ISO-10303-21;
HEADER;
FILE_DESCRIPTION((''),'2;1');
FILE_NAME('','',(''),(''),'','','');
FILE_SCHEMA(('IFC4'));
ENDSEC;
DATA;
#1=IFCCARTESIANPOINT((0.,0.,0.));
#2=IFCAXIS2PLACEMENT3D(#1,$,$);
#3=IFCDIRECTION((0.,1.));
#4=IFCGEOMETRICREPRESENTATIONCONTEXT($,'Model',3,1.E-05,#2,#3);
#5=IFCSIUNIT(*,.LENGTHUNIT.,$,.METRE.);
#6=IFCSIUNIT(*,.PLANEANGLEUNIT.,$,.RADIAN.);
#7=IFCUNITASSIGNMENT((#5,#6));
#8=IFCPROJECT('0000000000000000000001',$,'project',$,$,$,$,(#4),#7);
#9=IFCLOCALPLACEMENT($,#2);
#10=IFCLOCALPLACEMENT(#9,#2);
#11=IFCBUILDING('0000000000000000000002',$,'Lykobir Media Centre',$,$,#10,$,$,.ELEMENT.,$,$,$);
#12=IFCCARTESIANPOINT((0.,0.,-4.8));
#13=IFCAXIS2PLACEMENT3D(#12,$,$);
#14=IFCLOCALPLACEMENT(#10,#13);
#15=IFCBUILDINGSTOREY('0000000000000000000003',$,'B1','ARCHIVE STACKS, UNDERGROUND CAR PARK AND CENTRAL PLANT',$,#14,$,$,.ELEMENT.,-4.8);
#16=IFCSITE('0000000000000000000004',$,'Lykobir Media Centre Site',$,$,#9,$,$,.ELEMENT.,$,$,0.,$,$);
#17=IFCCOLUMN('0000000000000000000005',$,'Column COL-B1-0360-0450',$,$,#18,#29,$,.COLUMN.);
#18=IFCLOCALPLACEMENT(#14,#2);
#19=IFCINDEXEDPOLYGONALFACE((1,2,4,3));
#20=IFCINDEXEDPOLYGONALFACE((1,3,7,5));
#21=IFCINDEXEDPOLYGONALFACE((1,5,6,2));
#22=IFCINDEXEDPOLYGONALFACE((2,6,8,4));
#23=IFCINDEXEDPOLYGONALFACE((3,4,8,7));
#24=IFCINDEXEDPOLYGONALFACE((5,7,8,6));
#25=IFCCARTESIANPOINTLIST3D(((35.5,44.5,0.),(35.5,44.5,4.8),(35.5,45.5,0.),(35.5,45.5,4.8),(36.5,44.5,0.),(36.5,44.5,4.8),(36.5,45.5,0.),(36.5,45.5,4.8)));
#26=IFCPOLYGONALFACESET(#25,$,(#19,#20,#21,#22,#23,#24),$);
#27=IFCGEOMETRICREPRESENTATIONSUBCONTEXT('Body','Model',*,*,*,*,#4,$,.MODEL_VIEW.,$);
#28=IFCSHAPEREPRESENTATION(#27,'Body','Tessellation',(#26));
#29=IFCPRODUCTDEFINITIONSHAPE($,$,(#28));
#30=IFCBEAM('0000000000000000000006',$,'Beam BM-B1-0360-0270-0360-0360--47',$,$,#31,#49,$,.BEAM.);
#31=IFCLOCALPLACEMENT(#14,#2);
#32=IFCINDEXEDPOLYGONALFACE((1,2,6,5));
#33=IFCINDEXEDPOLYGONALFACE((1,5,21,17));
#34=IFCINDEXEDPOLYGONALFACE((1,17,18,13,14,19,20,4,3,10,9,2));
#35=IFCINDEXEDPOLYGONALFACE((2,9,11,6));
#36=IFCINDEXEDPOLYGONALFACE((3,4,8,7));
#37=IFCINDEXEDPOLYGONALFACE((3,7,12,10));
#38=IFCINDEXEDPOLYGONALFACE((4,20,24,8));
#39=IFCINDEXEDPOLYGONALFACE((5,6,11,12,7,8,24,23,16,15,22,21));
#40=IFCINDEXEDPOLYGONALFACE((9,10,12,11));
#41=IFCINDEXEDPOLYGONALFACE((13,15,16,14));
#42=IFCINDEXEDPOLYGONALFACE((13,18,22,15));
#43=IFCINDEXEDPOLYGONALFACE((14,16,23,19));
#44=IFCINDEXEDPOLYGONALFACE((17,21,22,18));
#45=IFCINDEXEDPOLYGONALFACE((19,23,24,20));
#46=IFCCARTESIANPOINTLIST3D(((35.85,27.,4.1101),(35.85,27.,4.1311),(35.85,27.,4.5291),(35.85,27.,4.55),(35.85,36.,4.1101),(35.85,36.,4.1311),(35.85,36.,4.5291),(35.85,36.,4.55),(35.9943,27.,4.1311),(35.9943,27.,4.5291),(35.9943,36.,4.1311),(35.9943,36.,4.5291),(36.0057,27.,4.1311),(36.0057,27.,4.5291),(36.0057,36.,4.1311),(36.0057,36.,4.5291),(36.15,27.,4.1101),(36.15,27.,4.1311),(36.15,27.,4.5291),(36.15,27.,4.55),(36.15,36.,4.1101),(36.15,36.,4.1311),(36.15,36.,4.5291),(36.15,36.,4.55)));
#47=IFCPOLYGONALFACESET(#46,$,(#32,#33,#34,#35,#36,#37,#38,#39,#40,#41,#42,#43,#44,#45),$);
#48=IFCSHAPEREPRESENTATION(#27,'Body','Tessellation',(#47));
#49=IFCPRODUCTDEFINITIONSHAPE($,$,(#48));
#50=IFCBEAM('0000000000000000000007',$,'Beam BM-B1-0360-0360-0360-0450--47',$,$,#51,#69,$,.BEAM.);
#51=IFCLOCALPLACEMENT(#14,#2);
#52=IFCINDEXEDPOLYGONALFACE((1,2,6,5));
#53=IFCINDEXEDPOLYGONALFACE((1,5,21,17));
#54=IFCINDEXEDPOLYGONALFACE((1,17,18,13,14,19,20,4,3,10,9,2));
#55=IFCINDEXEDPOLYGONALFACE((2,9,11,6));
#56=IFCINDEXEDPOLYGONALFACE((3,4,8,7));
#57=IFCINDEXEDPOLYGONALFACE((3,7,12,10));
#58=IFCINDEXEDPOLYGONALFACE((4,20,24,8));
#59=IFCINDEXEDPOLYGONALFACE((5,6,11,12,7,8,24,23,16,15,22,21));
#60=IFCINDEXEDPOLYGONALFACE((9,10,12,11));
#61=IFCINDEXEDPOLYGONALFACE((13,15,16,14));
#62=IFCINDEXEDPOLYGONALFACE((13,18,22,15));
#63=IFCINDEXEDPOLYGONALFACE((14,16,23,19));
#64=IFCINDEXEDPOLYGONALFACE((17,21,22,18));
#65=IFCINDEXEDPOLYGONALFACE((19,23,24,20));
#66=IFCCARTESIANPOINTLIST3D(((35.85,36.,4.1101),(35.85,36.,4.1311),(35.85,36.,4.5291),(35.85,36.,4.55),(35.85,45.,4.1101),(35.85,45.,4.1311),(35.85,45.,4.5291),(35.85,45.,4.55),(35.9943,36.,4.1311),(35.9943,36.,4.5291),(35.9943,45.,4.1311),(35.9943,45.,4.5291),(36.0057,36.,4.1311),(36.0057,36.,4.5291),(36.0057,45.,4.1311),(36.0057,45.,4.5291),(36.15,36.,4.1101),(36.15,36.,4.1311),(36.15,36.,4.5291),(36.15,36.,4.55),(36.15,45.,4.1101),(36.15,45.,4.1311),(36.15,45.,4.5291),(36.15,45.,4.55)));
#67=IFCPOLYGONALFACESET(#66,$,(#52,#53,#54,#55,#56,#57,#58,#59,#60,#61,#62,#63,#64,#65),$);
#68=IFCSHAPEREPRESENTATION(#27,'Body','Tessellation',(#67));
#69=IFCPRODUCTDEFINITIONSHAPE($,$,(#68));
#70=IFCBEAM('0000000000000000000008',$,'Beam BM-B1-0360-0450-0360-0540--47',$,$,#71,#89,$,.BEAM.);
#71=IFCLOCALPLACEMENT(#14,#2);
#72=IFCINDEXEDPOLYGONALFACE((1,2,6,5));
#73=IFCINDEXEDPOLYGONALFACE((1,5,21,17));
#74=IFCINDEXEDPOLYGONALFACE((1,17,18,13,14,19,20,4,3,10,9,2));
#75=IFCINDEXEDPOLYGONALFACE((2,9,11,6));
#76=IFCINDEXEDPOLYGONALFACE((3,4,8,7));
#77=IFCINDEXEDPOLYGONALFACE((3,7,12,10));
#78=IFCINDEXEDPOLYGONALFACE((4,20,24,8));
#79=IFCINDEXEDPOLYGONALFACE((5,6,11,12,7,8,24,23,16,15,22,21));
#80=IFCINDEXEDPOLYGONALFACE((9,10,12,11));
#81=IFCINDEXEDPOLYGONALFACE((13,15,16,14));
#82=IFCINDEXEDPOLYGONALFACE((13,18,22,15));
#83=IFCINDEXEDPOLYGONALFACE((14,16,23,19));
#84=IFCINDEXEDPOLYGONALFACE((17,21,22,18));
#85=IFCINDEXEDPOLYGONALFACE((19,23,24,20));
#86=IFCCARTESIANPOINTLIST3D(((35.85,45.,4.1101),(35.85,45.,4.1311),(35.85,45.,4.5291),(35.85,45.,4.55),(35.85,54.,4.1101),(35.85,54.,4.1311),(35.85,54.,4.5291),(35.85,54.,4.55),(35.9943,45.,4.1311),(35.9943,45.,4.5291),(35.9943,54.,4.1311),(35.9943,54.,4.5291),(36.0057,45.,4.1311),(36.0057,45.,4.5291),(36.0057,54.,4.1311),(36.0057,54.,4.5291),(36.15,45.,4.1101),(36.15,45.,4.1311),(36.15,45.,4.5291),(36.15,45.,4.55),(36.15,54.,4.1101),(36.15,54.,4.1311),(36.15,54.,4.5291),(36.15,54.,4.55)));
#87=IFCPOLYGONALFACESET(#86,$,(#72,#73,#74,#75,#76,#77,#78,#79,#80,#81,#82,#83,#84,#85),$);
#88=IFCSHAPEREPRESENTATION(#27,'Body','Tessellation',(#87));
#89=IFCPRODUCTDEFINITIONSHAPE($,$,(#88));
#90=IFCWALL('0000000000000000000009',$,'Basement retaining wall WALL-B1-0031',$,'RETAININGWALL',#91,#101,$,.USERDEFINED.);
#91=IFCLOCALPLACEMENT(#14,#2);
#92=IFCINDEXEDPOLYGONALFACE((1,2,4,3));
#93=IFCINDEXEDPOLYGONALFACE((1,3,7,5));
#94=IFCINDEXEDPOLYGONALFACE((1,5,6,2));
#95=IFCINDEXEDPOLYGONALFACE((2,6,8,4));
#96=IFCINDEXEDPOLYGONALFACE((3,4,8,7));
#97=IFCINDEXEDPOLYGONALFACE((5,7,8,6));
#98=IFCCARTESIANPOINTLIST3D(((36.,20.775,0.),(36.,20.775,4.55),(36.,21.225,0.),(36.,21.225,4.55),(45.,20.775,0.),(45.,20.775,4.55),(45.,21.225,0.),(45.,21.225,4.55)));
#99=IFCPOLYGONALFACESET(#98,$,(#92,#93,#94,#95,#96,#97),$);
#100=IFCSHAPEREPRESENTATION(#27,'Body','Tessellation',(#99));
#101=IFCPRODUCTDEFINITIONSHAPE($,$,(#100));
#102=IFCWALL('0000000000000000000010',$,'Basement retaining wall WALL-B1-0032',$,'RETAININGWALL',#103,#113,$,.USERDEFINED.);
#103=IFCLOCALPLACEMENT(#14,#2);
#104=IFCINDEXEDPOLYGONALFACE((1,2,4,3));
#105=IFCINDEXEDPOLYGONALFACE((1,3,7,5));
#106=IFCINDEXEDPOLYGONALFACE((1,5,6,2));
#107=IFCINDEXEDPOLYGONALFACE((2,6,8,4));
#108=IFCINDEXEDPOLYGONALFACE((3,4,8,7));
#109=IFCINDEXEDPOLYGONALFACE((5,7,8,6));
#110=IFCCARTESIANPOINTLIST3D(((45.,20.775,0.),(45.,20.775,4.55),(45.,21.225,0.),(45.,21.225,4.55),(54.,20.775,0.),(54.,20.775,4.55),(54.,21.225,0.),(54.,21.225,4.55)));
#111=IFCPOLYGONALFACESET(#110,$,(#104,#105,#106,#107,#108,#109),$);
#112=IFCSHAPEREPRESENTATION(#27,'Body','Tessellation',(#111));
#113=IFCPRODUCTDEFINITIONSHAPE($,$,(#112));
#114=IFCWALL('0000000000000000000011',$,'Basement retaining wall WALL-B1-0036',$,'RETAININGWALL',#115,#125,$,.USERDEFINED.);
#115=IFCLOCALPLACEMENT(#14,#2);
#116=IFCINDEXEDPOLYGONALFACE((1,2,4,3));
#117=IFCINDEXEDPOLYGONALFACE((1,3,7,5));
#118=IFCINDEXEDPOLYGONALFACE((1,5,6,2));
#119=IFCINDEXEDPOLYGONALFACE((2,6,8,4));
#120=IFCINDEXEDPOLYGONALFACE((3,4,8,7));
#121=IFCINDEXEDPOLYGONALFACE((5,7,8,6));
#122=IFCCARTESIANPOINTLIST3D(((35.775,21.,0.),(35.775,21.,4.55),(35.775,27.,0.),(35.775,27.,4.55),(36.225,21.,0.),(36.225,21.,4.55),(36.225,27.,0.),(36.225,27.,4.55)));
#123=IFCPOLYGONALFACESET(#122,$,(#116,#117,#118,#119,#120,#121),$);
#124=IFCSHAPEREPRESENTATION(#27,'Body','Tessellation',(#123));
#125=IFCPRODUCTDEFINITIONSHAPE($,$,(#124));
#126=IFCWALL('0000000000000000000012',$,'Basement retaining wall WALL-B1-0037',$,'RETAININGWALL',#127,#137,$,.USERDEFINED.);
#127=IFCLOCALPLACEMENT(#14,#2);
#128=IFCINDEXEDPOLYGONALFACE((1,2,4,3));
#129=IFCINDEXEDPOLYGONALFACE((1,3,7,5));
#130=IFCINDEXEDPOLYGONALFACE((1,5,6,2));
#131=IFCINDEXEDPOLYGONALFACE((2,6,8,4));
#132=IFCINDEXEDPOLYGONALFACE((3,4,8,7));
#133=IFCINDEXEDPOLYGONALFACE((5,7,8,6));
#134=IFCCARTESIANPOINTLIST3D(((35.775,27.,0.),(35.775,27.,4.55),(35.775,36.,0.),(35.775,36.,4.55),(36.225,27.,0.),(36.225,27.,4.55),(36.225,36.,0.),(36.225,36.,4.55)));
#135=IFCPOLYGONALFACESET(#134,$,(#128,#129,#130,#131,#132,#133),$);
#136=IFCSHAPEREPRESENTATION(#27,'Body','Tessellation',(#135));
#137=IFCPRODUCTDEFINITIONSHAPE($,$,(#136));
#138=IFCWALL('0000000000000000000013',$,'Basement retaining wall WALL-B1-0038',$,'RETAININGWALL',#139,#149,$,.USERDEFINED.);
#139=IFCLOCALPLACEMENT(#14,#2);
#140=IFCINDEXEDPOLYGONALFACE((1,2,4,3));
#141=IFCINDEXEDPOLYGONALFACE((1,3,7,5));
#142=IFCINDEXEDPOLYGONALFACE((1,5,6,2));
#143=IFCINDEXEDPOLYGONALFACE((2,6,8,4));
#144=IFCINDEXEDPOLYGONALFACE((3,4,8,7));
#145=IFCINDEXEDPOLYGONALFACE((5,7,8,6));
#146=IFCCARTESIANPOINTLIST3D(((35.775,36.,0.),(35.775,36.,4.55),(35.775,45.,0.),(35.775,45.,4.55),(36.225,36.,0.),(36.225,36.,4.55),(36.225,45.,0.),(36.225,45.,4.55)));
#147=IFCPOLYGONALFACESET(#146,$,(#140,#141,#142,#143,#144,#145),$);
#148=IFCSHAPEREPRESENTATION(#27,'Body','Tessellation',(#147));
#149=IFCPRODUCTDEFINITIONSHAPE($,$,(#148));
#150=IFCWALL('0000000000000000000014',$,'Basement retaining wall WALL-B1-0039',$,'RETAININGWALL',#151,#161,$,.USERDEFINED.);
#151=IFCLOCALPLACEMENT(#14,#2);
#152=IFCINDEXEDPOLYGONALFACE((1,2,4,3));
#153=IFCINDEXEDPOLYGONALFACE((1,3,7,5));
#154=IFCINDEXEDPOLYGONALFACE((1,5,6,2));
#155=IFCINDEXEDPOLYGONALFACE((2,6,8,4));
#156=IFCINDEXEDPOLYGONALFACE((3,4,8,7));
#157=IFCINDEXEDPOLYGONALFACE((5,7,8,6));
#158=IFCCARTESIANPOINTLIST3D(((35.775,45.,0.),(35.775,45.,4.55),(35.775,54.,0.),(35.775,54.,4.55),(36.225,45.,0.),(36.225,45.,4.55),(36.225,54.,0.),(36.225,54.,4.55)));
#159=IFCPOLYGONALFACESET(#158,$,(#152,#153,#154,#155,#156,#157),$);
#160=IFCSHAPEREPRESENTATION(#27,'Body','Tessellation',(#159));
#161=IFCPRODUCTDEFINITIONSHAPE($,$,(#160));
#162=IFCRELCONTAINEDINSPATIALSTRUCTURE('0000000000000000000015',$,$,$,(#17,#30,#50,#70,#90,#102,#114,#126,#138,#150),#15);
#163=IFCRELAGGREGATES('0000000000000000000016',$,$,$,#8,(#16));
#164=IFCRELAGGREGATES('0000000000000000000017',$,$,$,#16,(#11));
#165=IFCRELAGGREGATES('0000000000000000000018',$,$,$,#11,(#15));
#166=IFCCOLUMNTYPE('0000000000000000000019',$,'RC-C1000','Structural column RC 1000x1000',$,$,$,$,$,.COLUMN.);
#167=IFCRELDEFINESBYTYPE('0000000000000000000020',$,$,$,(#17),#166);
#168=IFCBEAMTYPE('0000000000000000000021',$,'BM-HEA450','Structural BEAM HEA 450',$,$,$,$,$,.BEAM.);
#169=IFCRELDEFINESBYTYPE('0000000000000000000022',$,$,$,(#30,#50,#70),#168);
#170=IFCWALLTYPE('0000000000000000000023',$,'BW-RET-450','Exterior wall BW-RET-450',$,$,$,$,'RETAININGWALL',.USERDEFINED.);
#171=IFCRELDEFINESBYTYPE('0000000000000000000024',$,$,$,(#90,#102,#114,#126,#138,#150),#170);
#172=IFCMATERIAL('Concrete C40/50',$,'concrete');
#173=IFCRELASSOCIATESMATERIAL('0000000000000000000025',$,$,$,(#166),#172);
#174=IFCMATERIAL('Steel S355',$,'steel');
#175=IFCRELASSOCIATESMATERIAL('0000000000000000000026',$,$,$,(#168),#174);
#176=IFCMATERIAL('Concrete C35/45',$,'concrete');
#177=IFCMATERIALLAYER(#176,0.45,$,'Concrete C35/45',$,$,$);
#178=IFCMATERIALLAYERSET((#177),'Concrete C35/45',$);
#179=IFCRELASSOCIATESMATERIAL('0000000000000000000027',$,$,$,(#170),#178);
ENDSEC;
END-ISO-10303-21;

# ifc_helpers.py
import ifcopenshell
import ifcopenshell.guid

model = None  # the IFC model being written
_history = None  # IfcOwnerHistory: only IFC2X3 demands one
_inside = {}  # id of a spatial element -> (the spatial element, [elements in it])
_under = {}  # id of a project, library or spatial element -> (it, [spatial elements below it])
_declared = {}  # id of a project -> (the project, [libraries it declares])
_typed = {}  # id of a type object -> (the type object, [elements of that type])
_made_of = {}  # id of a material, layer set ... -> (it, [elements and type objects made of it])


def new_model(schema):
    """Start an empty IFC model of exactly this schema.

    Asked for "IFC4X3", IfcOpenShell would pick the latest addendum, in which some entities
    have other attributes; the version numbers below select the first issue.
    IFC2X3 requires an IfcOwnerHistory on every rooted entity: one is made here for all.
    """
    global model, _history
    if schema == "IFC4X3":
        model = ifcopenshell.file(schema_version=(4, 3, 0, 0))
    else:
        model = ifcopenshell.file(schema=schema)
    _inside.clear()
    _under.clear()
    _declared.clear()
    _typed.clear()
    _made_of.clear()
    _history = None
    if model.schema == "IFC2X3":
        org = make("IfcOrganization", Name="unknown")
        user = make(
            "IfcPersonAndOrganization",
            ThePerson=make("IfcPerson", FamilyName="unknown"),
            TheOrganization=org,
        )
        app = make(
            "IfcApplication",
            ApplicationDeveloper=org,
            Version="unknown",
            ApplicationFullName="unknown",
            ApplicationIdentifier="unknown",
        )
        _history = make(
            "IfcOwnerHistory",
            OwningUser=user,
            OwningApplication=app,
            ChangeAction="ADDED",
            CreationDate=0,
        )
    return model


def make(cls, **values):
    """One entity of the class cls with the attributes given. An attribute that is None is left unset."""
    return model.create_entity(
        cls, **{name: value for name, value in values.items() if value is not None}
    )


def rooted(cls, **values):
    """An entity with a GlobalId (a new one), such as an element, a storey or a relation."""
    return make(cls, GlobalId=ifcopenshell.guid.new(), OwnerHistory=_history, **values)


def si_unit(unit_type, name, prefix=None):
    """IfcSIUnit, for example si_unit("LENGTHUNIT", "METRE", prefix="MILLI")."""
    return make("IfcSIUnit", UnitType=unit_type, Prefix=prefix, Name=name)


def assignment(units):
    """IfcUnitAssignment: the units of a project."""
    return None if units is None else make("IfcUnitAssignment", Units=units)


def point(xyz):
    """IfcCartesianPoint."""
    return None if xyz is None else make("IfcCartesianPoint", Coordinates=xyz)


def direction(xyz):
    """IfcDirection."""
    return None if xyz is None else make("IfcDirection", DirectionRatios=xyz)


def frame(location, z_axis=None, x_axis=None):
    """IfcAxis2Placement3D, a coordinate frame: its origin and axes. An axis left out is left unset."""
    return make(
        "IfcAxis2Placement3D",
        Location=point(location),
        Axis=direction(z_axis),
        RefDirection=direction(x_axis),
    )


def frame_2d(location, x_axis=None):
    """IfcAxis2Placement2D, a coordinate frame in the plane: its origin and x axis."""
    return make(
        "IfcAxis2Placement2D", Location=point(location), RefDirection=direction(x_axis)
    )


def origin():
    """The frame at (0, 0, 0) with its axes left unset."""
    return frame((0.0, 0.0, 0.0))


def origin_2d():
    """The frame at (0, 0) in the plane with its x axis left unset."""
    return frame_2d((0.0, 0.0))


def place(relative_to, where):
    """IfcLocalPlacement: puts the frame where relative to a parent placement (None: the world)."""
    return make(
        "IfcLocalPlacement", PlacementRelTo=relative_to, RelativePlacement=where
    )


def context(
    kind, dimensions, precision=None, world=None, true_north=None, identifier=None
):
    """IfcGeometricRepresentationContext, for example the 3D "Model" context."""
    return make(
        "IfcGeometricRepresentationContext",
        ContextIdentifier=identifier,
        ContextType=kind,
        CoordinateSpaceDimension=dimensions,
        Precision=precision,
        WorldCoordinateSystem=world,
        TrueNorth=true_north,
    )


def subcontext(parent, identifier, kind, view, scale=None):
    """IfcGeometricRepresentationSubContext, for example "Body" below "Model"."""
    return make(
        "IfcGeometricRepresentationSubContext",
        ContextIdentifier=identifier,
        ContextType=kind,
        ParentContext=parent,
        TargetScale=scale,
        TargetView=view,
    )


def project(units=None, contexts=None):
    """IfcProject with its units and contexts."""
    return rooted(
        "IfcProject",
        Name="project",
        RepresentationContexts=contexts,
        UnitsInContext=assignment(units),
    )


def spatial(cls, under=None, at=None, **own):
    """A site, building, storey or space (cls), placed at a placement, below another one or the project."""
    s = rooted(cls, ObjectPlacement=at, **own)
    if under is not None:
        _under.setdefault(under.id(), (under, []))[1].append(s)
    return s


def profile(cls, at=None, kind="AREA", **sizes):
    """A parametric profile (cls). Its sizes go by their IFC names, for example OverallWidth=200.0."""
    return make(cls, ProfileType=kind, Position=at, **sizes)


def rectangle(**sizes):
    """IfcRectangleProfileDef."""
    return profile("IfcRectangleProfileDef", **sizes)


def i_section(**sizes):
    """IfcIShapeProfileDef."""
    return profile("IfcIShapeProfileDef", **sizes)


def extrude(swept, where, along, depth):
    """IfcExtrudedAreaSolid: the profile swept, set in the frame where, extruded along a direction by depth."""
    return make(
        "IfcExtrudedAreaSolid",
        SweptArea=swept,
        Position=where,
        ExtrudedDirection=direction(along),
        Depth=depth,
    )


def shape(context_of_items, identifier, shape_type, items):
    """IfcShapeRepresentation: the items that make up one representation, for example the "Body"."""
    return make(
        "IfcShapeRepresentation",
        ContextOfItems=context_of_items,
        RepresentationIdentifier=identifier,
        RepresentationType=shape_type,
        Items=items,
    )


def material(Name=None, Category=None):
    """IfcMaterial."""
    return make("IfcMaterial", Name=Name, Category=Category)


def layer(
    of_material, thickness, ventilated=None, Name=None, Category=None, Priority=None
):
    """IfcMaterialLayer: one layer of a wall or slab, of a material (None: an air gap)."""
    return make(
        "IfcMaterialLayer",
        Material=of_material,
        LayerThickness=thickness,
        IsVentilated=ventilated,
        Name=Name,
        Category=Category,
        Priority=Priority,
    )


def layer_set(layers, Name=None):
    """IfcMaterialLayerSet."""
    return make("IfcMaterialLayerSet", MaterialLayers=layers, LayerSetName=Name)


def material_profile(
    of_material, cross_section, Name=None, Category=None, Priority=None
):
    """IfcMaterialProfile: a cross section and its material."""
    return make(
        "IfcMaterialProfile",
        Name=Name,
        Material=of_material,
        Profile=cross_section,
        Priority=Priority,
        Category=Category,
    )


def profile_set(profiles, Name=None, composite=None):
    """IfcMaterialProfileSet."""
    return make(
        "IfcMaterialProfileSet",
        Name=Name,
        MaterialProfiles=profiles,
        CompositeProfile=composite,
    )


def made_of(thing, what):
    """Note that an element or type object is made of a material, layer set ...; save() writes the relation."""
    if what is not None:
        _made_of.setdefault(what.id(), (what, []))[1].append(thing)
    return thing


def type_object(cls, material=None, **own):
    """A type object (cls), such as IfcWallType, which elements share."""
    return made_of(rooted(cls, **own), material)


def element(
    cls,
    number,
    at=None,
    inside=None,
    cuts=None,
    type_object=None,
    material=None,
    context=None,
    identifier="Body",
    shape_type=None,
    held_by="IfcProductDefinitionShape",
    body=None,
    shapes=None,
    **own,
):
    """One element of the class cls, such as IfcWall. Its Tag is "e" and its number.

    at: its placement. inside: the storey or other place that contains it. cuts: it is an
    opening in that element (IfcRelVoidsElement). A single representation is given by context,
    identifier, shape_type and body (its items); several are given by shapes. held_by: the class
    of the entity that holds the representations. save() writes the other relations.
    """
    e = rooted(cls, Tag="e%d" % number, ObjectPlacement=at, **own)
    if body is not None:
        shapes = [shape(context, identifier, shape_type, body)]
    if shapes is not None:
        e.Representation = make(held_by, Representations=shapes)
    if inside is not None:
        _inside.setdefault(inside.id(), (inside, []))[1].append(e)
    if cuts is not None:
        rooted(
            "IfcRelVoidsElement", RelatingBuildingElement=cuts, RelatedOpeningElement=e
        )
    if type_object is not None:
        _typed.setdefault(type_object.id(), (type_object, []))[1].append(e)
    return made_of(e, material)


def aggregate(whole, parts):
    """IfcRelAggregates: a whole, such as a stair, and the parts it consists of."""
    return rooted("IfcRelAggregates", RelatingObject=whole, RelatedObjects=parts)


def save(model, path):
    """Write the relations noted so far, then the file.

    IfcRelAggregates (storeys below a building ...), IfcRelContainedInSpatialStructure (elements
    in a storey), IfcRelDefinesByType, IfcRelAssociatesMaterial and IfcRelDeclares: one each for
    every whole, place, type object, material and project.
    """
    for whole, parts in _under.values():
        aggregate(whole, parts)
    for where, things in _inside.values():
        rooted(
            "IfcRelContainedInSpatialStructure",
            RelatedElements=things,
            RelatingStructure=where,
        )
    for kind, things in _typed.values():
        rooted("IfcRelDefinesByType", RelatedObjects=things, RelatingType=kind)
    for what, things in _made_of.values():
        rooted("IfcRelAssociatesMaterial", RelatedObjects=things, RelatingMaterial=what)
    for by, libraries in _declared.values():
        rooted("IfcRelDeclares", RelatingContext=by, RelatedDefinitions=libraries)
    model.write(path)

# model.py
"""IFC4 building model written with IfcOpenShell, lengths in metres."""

from ifc_helpers import new_model, si_unit, direction, frame, frame_2d, origin, origin_2d, place, context, subcontext, project, spatial, rectangle, i_section, extrude, material, layer, layer_set, material_profile, profile_set, type_object, element, save


model = new_model("IFC4")

# Units and contexts
model_context = context("Model", 3, precision=1e-05, world=origin(), true_north=direction((0.0, 1.0)))
body_context = subcontext(model_context, "Body", "Model", "MODEL_VIEW")
ifc_project = project(units=[si_unit("LENGTHUNIT", "METRE"), si_unit("PLANEANGLEUNIT", "RADIAN")], contexts=[model_context])

# Site, building, storey
site_placement = place(None, origin())
site = spatial("IfcSite", under=ifc_project, at=site_placement, Name="Lykobir Media Centre Site", CompositionType="ELEMENT", RefElevation=0.0)
building_placement = place(site_placement, origin())
building = spatial("IfcBuilding", under=site, at=building_placement, Name="Lykobir Media Centre", CompositionType="ELEMENT")
storey_placement = place(building_placement, frame((0.0, 0.0, -4.8)))
storey = spatial("IfcBuildingStorey", under=building, at=storey_placement, Name="B1", Description="ARCHIVE STACKS, UNDERGROUND CAR PARK AND CENTRAL PLANT", CompositionType="ELEMENT", Elevation=-4.8)

# Shared definitions
ifc_material_1 = material(Name="Concrete C35/45", Category="concrete")

# Column
ifc_material_2 = material(Name="Concrete C40/50", Category="concrete")
ifc_material_profile_1 = material_profile(ifc_material_2, rectangle(XDim=1.0, YDim=1.0, at=origin_2d()), Name="RC 1000x1000")
ifc_profile_set_1 = profile_set([ifc_material_profile_1], Name="Concrete C40/50")
column_type = type_object("IfcColumnType", Name="RC-C1000", Description="Structural column RC 1000x1000", PredefinedType="COLUMN", material=ifc_profile_set_1)
for number, where, z_axis, x_axis, name in (
    (1, (36.0, 45.0, 0.0), (0.0, 0.0, 1.0), (1.0, 0.0, 0.0), "Column COL-B1-0360-0450"),
):
    element("IfcColumn", number, at=place(storey_placement, frame(where, z_axis=z_axis, x_axis=x_axis)), inside=storey, type_object=column_type, Name=name, PredefinedType="COLUMN", context=body_context, shape_type="SweptSolid", body=[
        extrude(rectangle(XDim=1.0, YDim=1.0, at=origin_2d()), origin(), (0.0, 0.0, 1.0), 4.8),
    ])

# Beams
ifc_material_3 = material(Name="Steel S355", Category="steel")
ifc_material_profile_2 = material_profile(ifc_material_3, i_section(OverallWidth=0.3, OverallDepth=0.4399, WebThickness=0.0115, FlangeThickness=0.021, at=origin_2d()), Name="HEA 450")
ifc_profile_set_2 = profile_set([ifc_material_profile_2], Name="Steel S355")
beam_type = type_object("IfcBeamType", Name="BM-HEA450", Description="Structural BEAM HEA 450", PredefinedType="BEAM", material=ifc_profile_set_2)
for number, where, z_axis, x_axis, name in (
    (2, (36.0, 27.0, 4.3301), (0.0, 1.0, 0.0), (-1.0, 0.0, 0.0), "Beam BM-B1-0360-0270-0360-0360--47"),
    (3, (36.0, 36.0, 4.3301), (0.0, 1.0, 0.0), (-1.0, 0.0, 0.0), "Beam BM-B1-0360-0360-0360-0450--47"),
    (4, (36.0, 45.0, 4.3301), (0.0, 1.0, 0.0), (-1.0, 0.0, 0.0), "Beam BM-B1-0360-0450-0360-0540--47"),
):
    element("IfcBeam", number, at=place(storey_placement, frame(where, z_axis=z_axis, x_axis=x_axis)), inside=storey, type_object=beam_type, Name=name, PredefinedType="BEAM", context=body_context, shape_type="SweptSolid", body=[
        extrude(i_section(OverallWidth=0.3, OverallDepth=0.4399, WebThickness=0.0115, FlangeThickness=0.021, at=origin_2d()), origin(), (0.0, 0.0, 1.0), 9.0),
    ])

# Walls
ifc_layer = layer(ifc_material_1, 0.45, Name="Concrete C35/45")
ifc_layer_set = layer_set([ifc_layer], Name="Concrete C35/45")
wall_type = type_object("IfcWallType", Name="BW-RET-450", Description="Exterior wall BW-RET-450", ElementType="RETAININGWALL", PredefinedType="USERDEFINED", material=ifc_layer_set)
for number, where, z_axis, x_axis, name in (
    (5, (45.0, 21.0, 0.0), (0.0, 0.0, 1.0), (-1.0, 0.0, 0.0), "Basement retaining wall WALL-B1-0031"),
    (6, (54.0, 21.0, 0.0), (0.0, 0.0, 1.0), (-1.0, 0.0, 0.0), "Basement retaining wall WALL-B1-0032"),
):
    element("IfcWall", number, at=place(storey_placement, frame(where, z_axis=z_axis, x_axis=x_axis)), inside=storey, type_object=wall_type, Name=name, ObjectType="RETAININGWALL", PredefinedType="USERDEFINED", context=body_context, shape_type="SweptSolid", body=[
        extrude(rectangle(XDim=9.0, YDim=0.45, at=frame_2d((4.5, 0.0))), origin(), (0.0, 0.0, 1.0), 4.55),
    ])
wall_placement = place(storey_placement, frame((36.0, 21.0, 0.0), z_axis=(0.0, 0.0, 1.0), x_axis=(0.0, 1.0, 0.0)))
element("IfcWall", 7, at=wall_placement, inside=storey, type_object=wall_type, Name="Basement retaining wall WALL-B1-0036", ObjectType="RETAININGWALL", PredefinedType="USERDEFINED", context=body_context, shape_type="SweptSolid", body=[
    extrude(rectangle(XDim=6.0, YDim=0.45, at=frame_2d((3.0, 0.0))), origin(), (0.0, 0.0, 1.0), 4.55),
])
for number, where, z_axis, x_axis, name in (
    (8, (36.0, 27.0, 0.0), (0.0, 0.0, 1.0), (0.0, 1.0, 0.0), "Basement retaining wall WALL-B1-0037"),
    (9, (36.0, 36.0, 0.0), (0.0, 0.0, 1.0), (0.0, 1.0, 0.0), "Basement retaining wall WALL-B1-0038"),
    (10, (36.0, 45.0, 0.0), (0.0, 0.0, 1.0), (0.0, 1.0, 0.0), "Basement retaining wall WALL-B1-0039"),
):
    element("IfcWall", number, at=place(storey_placement, frame(where, z_axis=z_axis, x_axis=x_axis)), inside=storey, type_object=wall_type, Name=name, ObjectType="RETAININGWALL", PredefinedType="USERDEFINED", context=body_context, shape_type="SweptSolid", body=[
        extrude(rectangle(XDim=9.0, YDim=0.45, at=frame_2d((4.5, 0.0))), origin(), (0.0, 0.0, 1.0), 4.55),
    ])

save(model, "model.ifc")
